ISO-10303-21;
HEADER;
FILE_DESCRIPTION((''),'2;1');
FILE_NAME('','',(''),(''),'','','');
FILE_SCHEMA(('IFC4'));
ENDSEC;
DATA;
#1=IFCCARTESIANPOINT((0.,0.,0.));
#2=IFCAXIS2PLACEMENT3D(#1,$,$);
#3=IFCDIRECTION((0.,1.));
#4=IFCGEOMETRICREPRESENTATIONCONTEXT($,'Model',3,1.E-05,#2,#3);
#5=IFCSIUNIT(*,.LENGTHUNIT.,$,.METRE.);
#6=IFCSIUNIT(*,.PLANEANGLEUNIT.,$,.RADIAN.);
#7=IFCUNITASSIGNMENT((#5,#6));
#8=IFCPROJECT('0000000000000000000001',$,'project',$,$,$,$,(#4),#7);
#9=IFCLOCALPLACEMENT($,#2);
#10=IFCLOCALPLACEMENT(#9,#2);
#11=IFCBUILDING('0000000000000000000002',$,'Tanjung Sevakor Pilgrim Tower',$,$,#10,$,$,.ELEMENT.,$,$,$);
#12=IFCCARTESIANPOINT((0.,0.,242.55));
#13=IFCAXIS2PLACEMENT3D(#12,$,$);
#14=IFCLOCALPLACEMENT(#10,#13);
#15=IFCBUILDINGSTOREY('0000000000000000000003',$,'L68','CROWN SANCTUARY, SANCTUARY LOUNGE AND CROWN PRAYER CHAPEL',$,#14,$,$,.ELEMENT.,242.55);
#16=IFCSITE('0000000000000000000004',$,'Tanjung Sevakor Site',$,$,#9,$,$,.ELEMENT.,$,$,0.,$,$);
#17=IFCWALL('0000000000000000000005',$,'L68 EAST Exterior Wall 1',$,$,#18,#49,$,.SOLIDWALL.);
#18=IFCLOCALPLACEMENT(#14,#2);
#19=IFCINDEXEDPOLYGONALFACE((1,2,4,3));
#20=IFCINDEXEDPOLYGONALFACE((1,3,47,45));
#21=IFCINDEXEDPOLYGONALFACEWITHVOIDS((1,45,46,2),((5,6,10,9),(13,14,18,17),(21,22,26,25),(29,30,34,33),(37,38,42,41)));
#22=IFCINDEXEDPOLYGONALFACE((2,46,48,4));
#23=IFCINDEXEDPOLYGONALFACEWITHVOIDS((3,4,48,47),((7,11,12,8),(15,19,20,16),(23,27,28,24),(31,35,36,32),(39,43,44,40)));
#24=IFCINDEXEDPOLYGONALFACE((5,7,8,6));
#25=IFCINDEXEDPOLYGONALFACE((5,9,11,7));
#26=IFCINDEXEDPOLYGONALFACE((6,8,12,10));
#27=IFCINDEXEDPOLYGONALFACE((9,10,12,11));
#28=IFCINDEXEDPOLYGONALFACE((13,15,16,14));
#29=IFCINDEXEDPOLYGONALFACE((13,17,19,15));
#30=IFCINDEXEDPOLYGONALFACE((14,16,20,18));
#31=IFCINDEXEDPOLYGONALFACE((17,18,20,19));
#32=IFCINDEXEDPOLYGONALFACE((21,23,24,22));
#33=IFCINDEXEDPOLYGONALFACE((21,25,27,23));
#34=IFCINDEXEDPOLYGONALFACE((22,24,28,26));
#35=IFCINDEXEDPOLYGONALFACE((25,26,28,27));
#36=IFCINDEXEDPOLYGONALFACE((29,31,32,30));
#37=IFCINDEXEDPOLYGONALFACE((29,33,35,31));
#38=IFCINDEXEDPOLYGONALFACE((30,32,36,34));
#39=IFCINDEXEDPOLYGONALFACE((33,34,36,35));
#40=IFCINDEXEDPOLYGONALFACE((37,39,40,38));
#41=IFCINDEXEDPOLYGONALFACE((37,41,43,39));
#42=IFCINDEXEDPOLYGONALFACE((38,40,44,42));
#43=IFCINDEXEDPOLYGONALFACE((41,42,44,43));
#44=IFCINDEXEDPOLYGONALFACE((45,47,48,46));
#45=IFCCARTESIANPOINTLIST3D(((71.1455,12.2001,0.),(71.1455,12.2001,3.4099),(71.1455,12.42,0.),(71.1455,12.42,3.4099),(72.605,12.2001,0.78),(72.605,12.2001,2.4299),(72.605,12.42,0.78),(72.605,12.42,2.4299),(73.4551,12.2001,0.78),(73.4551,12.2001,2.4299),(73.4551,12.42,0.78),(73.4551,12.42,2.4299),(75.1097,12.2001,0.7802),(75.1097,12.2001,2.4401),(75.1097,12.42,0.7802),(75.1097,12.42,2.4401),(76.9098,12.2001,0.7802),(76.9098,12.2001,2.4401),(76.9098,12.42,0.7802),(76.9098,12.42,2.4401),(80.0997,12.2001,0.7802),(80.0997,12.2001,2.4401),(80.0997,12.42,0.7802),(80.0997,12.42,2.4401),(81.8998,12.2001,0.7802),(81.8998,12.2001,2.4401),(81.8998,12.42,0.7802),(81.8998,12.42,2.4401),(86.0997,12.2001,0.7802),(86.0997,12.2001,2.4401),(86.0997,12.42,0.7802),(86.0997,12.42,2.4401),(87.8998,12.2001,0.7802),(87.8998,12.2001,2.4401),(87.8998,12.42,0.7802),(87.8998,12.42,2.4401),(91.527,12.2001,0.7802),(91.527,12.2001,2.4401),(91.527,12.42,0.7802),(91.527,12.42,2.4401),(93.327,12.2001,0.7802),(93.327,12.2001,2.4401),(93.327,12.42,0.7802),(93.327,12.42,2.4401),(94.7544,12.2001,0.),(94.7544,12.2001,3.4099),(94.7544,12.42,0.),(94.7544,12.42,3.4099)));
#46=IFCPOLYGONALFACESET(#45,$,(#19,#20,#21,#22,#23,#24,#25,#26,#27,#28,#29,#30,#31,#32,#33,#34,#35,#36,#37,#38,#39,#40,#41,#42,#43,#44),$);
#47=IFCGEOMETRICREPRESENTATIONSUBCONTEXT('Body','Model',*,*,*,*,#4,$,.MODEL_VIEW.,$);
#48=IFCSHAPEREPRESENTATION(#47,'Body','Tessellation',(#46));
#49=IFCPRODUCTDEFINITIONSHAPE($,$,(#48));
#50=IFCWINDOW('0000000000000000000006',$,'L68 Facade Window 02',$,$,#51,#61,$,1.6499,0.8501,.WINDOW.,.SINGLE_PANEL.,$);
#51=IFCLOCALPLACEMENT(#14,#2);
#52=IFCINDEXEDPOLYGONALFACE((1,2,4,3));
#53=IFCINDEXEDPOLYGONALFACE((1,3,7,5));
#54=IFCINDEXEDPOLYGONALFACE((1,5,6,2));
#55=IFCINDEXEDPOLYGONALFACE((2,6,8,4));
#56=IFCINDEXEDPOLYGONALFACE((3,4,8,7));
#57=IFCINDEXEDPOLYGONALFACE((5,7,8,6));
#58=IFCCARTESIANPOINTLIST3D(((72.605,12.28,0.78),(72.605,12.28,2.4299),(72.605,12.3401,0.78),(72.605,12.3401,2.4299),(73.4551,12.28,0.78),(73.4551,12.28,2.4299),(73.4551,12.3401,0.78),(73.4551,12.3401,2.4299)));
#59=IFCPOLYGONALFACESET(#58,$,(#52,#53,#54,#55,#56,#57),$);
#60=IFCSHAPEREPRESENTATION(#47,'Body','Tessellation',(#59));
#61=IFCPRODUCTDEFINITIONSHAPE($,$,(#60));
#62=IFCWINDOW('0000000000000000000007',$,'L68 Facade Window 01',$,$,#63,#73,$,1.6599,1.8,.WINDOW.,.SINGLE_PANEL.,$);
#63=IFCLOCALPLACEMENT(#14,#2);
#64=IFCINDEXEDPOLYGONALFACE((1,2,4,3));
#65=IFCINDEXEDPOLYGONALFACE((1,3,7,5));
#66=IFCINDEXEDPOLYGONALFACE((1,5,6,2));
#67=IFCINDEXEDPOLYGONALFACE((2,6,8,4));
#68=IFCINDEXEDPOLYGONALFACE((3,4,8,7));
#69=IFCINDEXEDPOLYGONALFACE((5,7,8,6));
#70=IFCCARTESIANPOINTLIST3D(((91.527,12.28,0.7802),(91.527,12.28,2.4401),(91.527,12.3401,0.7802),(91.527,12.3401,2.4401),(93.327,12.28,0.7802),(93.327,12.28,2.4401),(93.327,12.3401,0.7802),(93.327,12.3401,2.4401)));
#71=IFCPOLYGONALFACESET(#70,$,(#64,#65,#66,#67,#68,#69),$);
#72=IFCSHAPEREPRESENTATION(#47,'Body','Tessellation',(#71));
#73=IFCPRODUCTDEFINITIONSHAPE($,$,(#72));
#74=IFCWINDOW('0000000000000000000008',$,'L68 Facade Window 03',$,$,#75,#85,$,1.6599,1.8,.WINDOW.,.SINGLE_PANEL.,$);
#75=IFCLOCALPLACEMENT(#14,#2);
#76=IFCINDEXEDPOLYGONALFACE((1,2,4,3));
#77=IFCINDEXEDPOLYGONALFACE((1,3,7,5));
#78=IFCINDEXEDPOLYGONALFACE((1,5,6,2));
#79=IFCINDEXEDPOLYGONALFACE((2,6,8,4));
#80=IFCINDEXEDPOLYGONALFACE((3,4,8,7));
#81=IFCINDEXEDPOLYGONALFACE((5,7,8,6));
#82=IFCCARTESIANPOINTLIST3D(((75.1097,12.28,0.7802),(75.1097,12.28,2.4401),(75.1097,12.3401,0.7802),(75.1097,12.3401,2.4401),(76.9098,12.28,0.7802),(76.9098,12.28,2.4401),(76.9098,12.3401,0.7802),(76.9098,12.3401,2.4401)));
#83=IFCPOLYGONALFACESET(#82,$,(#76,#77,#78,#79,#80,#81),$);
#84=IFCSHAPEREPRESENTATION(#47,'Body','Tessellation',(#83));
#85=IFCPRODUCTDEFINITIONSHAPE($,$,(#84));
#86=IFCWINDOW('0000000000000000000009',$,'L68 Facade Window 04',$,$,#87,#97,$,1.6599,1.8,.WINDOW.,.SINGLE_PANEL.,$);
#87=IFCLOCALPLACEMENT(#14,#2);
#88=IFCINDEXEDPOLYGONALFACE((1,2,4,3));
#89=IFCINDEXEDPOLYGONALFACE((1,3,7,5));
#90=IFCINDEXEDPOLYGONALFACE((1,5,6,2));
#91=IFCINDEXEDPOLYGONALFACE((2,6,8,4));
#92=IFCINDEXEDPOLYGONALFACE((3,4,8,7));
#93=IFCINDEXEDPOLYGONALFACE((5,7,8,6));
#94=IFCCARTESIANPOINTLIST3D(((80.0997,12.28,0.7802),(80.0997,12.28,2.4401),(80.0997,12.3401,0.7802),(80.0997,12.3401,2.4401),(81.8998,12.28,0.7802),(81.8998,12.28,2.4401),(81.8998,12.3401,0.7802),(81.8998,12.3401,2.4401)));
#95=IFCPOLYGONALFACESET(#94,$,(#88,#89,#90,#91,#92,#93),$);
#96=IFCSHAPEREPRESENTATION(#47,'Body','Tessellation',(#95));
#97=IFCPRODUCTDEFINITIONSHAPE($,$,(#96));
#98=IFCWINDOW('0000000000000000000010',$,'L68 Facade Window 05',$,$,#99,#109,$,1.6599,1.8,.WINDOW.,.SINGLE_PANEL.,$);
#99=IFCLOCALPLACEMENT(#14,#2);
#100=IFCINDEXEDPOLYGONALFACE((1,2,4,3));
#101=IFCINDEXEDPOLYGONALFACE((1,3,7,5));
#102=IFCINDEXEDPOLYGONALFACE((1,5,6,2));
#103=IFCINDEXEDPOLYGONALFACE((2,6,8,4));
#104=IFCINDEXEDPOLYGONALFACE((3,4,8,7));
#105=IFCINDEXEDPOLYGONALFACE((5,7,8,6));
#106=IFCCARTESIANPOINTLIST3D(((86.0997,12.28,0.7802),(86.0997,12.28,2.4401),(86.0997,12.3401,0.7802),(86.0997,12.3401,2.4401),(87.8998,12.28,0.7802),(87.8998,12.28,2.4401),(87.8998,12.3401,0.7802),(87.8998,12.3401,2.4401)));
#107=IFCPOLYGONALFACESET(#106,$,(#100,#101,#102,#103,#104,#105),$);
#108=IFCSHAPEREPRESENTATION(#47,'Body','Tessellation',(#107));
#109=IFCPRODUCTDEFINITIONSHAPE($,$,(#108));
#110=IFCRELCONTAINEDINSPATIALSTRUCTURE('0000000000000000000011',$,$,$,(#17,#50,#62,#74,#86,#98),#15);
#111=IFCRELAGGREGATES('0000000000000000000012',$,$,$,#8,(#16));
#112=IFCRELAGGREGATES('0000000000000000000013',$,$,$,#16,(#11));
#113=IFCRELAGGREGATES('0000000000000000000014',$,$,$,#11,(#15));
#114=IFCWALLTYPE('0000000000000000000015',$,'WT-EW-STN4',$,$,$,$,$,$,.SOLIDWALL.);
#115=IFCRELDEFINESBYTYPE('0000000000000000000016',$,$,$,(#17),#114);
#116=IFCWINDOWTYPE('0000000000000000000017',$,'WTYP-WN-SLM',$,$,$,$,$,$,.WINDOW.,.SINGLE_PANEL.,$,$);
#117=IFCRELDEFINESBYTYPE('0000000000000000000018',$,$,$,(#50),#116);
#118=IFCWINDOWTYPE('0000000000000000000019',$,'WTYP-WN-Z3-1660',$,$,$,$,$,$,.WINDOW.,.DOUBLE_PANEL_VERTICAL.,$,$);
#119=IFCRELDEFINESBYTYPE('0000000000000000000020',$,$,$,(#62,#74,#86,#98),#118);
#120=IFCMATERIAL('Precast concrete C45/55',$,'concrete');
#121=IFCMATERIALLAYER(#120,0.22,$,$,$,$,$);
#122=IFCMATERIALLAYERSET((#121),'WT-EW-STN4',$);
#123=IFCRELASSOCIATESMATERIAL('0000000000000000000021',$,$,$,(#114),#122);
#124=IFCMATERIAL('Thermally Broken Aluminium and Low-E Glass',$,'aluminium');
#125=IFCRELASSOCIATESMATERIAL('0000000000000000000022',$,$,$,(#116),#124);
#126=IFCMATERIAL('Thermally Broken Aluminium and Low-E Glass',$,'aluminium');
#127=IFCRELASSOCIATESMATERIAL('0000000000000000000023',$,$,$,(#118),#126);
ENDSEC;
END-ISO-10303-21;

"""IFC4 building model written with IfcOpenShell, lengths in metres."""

from ifc_helpers import new_model, si_unit, direction, frame, frame_2d, origin, place, context, subcontext, project, spatial, rectangle, extrude, material, layer, layer_set, type_object, element, fill, save


model = new_model("IFC4")

# Units and contexts
model_context = context("Model", 3, precision=1e-05, world=origin(), true_north=direction((0.0, 1.0)))
body_context = subcontext(model_context, "Body", "Model", "MODEL_VIEW")
ifc_project = project(units=[si_unit("LENGTHUNIT", "METRE"), si_unit("PLANEANGLEUNIT", "RADIAN")], contexts=[model_context])

# Site, building, storey
site_placement = place(None, origin())
site = spatial("IfcSite", under=ifc_project, at=site_placement, Name="Tanjung Sevakor Site", CompositionType="ELEMENT", RefElevation=0.0)
building_placement = place(site_placement, origin())
building = spatial("IfcBuilding", under=site, at=building_placement, Name="Tanjung Sevakor Pilgrim Tower", CompositionType="ELEMENT")
storey_placement = place(building_placement, frame((0.0, 0.0, 242.55)))
storey = spatial("IfcBuildingStorey", under=building, at=storey_placement, Name="L68", Description="CROWN SANCTUARY, SANCTUARY LOUNGE AND CROWN PRAYER CHAPEL", CompositionType="ELEMENT", Elevation=242.55)

# Wall, openings, windows
ifc_material_1 = material(Name="Precast concrete C45/55", Category="concrete")
ifc_layer_1 = layer(ifc_material_1, 0.22)
ifc_layer_set_1 = layer_set([ifc_layer_1], Name="WT-EW-STN4")
wall_type_1 = type_object("IfcWallType", Name="WT-EW-STN4", PredefinedType="SOLIDWALL", material=ifc_layer_set_1)
wall_1_placement = place(storey_placement, frame((71.1455, 12.3101, 0.0), z_axis=(0.0, 0.0, 1.0), x_axis=(1.0, 0.0, 0.0)))
wall_1 = element("IfcWall", 1, at=wall_1_placement, inside=storey, type_object=wall_type_1, Name="L68 EAST Exterior Wall 1", PredefinedType="SOLIDWALL", context=body_context, shape_type="SweptSolid", body=[
    extrude(rectangle(XDim=23.6089, YDim=0.22, at=frame_2d((11.8044, 0.0))), origin(), (0.0, 0.0, 1.0), 3.4099),
])
opening_1_placement = place(wall_1_placement, frame((20.3816, 0.0, 0.78)))
opening_1 = element("IfcOpeningElement", 2, at=opening_1_placement, cuts=wall_1, PredefinedType="OPENING", context=body_context, shape_type="SweptSolid", body=[
    extrude(rectangle(XDim=1.8, YDim=1.6599, at=frame_2d((0.8999, 0.8301))), frame((0.0, 0.1199, 0.0), z_axis=(0.0, -1.0, 0.0), x_axis=(1.0, 0.0, 0.0)), (0.0, 0.0, 1.0), 0.24),
])
opening_2_placement = place(wall_1_placement, frame((1.4595, 0.0, 0.78)))
opening_2 = element("IfcOpeningElement", 3, at=opening_2_placement, cuts=wall_1, PredefinedType="OPENING", context=body_context, shape_type="SweptSolid", body=[
    extrude(rectangle(XDim=0.8501, YDim=1.6499, at=frame_2d((0.425, 0.825))), frame((0.0, 0.1199, 0.0), z_axis=(0.0, -1.0, 0.0), x_axis=(1.0, 0.0, 0.0)), (0.0, 0.0, 1.0), 0.24),
])
opening_3_placement = place(wall_1_placement, frame((3.9644, 0.0, 0.78)))
opening_3 = element("IfcOpeningElement", 4, at=opening_3_placement, cuts=wall_1, PredefinedType="OPENING", context=body_context, shape_type="SweptSolid", body=[
    extrude(rectangle(XDim=1.8, YDim=1.6599, at=frame_2d((0.8999, 0.8301))), frame((0.0, 0.1199, 0.0), z_axis=(0.0, -1.0, 0.0), x_axis=(1.0, 0.0, 0.0)), (0.0, 0.0, 1.0), 0.24),
])
opening_4_placement = place(wall_1_placement, frame((8.9543, 0.0, 0.78)))
opening_4 = element("IfcOpeningElement", 5, at=opening_4_placement, cuts=wall_1, PredefinedType="OPENING", context=body_context, shape_type="SweptSolid", body=[
    extrude(rectangle(XDim=1.8, YDim=1.6599, at=frame_2d((0.8999, 0.8301))), frame((0.0, 0.1199, 0.0), z_axis=(0.0, -1.0, 0.0), x_axis=(1.0, 0.0, 0.0)), (0.0, 0.0, 1.0), 0.24),
])
opening_5_placement = place(wall_1_placement, frame((14.9543, 0.0, 0.78)))
opening_5 = element("IfcOpeningElement", 6, at=opening_5_placement, cuts=wall_1, PredefinedType="OPENING", context=body_context, shape_type="SweptSolid", body=[
    extrude(rectangle(XDim=1.8, YDim=1.6599, at=frame_2d((0.8999, 0.8301))), frame((0.0, 0.1199, 0.0), z_axis=(0.0, -1.0, 0.0), x_axis=(1.0, 0.0, 0.0)), (0.0, 0.0, 1.0), 0.24),
])
ifc_material_2 = material(Name="Thermally Broken Aluminium and Low-E Glass", Category="aluminium")
window_type_1 = type_object("IfcWindowType", Name="WTYP-WN-SLM", PartitioningType="SINGLE_PANEL", PredefinedType="WINDOW", material=ifc_material_2)
window_1_placement = place(opening_2_placement, origin())
window_1 = element("IfcWindow", 7, at=window_1_placement, inside=storey, type_object=window_type_1, Name="L68 Facade Window 02", OverallHeight=1.6499, OverallWidth=0.8501, PartitioningType="SINGLE_PANEL", PredefinedType="WINDOW", context=body_context, shape_type="SweptSolid", body=[
    extrude(rectangle(XDim=0.8501, YDim=1.6499, at=frame_2d((0.425, 0.825))), frame((0.0, 0.03, 0.0), z_axis=(0.0, -1.0, 0.0), x_axis=(1.0, 0.0, 0.0)), (0.0, 0.0, 1.0), 0.0601),
])
fill(opening_2, window_1)
ifc_material_3 = material(Name="Thermally Broken Aluminium and Low-E Glass", Category="aluminium")
window_type_2 = type_object("IfcWindowType", Name="WTYP-WN-Z3-1660", PartitioningType="DOUBLE_PANEL_VERTICAL", PredefinedType="WINDOW", material=ifc_material_3)
window_2_placement = place(opening_1_placement, origin())
window_2 = element("IfcWindow", 8, at=window_2_placement, inside=storey, type_object=window_type_2, Name="L68 Facade Window 01", OverallHeight=1.6599, OverallWidth=1.8, PartitioningType="SINGLE_PANEL", PredefinedType="WINDOW", context=body_context, shape_type="SweptSolid", body=[
    extrude(rectangle(XDim=1.8, YDim=1.6599, at=frame_2d((0.8999, 0.8301))), frame((0.0, 0.03, 0.0), z_axis=(0.0, -1.0, 0.0), x_axis=(1.0, 0.0, 0.0)), (0.0, 0.0, 1.0), 0.0601),
])
fill(opening_1, window_2)
window_3_placement = place(opening_3_placement, origin())
window_3 = element("IfcWindow", 9, at=window_3_placement, inside=storey, type_object=window_type_2, Name="L68 Facade Window 03", OverallHeight=1.6599, OverallWidth=1.8, PartitioningType="SINGLE_PANEL", PredefinedType="WINDOW", context=body_context, shape_type="SweptSolid", body=[
    extrude(rectangle(XDim=1.8, YDim=1.6599, at=frame_2d((0.8999, 0.8301))), frame((0.0, 0.03, 0.0), z_axis=(0.0, -1.0, 0.0), x_axis=(1.0, 0.0, 0.0)), (0.0, 0.0, 1.0), 0.0601),
])
fill(opening_3, window_3)
window_4_placement = place(opening_4_placement, origin())
window_4 = element("IfcWindow", 10, at=window_4_placement, inside=storey, type_object=window_type_2, Name="L68 Facade Window 04", OverallHeight=1.6599, OverallWidth=1.8, PartitioningType="SINGLE_PANEL", PredefinedType="WINDOW", context=body_context, shape_type="SweptSolid", body=[
    extrude(rectangle(XDim=1.8, YDim=1.6599, at=frame_2d((0.8999, 0.8301))), frame((0.0, 0.03, 0.0), z_axis=(0.0, -1.0, 0.0), x_axis=(1.0, 0.0, 0.0)), (0.0, 0.0, 1.0), 0.0601),
])
fill(opening_4, window_4)
window_5_placement = place(opening_5_placement, origin())
window_5 = element("IfcWindow", 11, at=window_5_placement, inside=storey, type_object=window_type_2, Name="L68 Facade Window 05", OverallHeight=1.6599, OverallWidth=1.8, PartitioningType="SINGLE_PANEL", PredefinedType="WINDOW", context=body_context, shape_type="SweptSolid", body=[
    extrude(rectangle(XDim=1.8, YDim=1.6599, at=frame_2d((0.8999, 0.8301))), frame((0.0, 0.03, 0.0), z_axis=(0.0, -1.0, 0.0), x_axis=(1.0, 0.0, 0.0)), (0.0, 0.0, 1.0), 0.0601),
])
fill(opening_5, window_5)

save(model, "model.ifc")
